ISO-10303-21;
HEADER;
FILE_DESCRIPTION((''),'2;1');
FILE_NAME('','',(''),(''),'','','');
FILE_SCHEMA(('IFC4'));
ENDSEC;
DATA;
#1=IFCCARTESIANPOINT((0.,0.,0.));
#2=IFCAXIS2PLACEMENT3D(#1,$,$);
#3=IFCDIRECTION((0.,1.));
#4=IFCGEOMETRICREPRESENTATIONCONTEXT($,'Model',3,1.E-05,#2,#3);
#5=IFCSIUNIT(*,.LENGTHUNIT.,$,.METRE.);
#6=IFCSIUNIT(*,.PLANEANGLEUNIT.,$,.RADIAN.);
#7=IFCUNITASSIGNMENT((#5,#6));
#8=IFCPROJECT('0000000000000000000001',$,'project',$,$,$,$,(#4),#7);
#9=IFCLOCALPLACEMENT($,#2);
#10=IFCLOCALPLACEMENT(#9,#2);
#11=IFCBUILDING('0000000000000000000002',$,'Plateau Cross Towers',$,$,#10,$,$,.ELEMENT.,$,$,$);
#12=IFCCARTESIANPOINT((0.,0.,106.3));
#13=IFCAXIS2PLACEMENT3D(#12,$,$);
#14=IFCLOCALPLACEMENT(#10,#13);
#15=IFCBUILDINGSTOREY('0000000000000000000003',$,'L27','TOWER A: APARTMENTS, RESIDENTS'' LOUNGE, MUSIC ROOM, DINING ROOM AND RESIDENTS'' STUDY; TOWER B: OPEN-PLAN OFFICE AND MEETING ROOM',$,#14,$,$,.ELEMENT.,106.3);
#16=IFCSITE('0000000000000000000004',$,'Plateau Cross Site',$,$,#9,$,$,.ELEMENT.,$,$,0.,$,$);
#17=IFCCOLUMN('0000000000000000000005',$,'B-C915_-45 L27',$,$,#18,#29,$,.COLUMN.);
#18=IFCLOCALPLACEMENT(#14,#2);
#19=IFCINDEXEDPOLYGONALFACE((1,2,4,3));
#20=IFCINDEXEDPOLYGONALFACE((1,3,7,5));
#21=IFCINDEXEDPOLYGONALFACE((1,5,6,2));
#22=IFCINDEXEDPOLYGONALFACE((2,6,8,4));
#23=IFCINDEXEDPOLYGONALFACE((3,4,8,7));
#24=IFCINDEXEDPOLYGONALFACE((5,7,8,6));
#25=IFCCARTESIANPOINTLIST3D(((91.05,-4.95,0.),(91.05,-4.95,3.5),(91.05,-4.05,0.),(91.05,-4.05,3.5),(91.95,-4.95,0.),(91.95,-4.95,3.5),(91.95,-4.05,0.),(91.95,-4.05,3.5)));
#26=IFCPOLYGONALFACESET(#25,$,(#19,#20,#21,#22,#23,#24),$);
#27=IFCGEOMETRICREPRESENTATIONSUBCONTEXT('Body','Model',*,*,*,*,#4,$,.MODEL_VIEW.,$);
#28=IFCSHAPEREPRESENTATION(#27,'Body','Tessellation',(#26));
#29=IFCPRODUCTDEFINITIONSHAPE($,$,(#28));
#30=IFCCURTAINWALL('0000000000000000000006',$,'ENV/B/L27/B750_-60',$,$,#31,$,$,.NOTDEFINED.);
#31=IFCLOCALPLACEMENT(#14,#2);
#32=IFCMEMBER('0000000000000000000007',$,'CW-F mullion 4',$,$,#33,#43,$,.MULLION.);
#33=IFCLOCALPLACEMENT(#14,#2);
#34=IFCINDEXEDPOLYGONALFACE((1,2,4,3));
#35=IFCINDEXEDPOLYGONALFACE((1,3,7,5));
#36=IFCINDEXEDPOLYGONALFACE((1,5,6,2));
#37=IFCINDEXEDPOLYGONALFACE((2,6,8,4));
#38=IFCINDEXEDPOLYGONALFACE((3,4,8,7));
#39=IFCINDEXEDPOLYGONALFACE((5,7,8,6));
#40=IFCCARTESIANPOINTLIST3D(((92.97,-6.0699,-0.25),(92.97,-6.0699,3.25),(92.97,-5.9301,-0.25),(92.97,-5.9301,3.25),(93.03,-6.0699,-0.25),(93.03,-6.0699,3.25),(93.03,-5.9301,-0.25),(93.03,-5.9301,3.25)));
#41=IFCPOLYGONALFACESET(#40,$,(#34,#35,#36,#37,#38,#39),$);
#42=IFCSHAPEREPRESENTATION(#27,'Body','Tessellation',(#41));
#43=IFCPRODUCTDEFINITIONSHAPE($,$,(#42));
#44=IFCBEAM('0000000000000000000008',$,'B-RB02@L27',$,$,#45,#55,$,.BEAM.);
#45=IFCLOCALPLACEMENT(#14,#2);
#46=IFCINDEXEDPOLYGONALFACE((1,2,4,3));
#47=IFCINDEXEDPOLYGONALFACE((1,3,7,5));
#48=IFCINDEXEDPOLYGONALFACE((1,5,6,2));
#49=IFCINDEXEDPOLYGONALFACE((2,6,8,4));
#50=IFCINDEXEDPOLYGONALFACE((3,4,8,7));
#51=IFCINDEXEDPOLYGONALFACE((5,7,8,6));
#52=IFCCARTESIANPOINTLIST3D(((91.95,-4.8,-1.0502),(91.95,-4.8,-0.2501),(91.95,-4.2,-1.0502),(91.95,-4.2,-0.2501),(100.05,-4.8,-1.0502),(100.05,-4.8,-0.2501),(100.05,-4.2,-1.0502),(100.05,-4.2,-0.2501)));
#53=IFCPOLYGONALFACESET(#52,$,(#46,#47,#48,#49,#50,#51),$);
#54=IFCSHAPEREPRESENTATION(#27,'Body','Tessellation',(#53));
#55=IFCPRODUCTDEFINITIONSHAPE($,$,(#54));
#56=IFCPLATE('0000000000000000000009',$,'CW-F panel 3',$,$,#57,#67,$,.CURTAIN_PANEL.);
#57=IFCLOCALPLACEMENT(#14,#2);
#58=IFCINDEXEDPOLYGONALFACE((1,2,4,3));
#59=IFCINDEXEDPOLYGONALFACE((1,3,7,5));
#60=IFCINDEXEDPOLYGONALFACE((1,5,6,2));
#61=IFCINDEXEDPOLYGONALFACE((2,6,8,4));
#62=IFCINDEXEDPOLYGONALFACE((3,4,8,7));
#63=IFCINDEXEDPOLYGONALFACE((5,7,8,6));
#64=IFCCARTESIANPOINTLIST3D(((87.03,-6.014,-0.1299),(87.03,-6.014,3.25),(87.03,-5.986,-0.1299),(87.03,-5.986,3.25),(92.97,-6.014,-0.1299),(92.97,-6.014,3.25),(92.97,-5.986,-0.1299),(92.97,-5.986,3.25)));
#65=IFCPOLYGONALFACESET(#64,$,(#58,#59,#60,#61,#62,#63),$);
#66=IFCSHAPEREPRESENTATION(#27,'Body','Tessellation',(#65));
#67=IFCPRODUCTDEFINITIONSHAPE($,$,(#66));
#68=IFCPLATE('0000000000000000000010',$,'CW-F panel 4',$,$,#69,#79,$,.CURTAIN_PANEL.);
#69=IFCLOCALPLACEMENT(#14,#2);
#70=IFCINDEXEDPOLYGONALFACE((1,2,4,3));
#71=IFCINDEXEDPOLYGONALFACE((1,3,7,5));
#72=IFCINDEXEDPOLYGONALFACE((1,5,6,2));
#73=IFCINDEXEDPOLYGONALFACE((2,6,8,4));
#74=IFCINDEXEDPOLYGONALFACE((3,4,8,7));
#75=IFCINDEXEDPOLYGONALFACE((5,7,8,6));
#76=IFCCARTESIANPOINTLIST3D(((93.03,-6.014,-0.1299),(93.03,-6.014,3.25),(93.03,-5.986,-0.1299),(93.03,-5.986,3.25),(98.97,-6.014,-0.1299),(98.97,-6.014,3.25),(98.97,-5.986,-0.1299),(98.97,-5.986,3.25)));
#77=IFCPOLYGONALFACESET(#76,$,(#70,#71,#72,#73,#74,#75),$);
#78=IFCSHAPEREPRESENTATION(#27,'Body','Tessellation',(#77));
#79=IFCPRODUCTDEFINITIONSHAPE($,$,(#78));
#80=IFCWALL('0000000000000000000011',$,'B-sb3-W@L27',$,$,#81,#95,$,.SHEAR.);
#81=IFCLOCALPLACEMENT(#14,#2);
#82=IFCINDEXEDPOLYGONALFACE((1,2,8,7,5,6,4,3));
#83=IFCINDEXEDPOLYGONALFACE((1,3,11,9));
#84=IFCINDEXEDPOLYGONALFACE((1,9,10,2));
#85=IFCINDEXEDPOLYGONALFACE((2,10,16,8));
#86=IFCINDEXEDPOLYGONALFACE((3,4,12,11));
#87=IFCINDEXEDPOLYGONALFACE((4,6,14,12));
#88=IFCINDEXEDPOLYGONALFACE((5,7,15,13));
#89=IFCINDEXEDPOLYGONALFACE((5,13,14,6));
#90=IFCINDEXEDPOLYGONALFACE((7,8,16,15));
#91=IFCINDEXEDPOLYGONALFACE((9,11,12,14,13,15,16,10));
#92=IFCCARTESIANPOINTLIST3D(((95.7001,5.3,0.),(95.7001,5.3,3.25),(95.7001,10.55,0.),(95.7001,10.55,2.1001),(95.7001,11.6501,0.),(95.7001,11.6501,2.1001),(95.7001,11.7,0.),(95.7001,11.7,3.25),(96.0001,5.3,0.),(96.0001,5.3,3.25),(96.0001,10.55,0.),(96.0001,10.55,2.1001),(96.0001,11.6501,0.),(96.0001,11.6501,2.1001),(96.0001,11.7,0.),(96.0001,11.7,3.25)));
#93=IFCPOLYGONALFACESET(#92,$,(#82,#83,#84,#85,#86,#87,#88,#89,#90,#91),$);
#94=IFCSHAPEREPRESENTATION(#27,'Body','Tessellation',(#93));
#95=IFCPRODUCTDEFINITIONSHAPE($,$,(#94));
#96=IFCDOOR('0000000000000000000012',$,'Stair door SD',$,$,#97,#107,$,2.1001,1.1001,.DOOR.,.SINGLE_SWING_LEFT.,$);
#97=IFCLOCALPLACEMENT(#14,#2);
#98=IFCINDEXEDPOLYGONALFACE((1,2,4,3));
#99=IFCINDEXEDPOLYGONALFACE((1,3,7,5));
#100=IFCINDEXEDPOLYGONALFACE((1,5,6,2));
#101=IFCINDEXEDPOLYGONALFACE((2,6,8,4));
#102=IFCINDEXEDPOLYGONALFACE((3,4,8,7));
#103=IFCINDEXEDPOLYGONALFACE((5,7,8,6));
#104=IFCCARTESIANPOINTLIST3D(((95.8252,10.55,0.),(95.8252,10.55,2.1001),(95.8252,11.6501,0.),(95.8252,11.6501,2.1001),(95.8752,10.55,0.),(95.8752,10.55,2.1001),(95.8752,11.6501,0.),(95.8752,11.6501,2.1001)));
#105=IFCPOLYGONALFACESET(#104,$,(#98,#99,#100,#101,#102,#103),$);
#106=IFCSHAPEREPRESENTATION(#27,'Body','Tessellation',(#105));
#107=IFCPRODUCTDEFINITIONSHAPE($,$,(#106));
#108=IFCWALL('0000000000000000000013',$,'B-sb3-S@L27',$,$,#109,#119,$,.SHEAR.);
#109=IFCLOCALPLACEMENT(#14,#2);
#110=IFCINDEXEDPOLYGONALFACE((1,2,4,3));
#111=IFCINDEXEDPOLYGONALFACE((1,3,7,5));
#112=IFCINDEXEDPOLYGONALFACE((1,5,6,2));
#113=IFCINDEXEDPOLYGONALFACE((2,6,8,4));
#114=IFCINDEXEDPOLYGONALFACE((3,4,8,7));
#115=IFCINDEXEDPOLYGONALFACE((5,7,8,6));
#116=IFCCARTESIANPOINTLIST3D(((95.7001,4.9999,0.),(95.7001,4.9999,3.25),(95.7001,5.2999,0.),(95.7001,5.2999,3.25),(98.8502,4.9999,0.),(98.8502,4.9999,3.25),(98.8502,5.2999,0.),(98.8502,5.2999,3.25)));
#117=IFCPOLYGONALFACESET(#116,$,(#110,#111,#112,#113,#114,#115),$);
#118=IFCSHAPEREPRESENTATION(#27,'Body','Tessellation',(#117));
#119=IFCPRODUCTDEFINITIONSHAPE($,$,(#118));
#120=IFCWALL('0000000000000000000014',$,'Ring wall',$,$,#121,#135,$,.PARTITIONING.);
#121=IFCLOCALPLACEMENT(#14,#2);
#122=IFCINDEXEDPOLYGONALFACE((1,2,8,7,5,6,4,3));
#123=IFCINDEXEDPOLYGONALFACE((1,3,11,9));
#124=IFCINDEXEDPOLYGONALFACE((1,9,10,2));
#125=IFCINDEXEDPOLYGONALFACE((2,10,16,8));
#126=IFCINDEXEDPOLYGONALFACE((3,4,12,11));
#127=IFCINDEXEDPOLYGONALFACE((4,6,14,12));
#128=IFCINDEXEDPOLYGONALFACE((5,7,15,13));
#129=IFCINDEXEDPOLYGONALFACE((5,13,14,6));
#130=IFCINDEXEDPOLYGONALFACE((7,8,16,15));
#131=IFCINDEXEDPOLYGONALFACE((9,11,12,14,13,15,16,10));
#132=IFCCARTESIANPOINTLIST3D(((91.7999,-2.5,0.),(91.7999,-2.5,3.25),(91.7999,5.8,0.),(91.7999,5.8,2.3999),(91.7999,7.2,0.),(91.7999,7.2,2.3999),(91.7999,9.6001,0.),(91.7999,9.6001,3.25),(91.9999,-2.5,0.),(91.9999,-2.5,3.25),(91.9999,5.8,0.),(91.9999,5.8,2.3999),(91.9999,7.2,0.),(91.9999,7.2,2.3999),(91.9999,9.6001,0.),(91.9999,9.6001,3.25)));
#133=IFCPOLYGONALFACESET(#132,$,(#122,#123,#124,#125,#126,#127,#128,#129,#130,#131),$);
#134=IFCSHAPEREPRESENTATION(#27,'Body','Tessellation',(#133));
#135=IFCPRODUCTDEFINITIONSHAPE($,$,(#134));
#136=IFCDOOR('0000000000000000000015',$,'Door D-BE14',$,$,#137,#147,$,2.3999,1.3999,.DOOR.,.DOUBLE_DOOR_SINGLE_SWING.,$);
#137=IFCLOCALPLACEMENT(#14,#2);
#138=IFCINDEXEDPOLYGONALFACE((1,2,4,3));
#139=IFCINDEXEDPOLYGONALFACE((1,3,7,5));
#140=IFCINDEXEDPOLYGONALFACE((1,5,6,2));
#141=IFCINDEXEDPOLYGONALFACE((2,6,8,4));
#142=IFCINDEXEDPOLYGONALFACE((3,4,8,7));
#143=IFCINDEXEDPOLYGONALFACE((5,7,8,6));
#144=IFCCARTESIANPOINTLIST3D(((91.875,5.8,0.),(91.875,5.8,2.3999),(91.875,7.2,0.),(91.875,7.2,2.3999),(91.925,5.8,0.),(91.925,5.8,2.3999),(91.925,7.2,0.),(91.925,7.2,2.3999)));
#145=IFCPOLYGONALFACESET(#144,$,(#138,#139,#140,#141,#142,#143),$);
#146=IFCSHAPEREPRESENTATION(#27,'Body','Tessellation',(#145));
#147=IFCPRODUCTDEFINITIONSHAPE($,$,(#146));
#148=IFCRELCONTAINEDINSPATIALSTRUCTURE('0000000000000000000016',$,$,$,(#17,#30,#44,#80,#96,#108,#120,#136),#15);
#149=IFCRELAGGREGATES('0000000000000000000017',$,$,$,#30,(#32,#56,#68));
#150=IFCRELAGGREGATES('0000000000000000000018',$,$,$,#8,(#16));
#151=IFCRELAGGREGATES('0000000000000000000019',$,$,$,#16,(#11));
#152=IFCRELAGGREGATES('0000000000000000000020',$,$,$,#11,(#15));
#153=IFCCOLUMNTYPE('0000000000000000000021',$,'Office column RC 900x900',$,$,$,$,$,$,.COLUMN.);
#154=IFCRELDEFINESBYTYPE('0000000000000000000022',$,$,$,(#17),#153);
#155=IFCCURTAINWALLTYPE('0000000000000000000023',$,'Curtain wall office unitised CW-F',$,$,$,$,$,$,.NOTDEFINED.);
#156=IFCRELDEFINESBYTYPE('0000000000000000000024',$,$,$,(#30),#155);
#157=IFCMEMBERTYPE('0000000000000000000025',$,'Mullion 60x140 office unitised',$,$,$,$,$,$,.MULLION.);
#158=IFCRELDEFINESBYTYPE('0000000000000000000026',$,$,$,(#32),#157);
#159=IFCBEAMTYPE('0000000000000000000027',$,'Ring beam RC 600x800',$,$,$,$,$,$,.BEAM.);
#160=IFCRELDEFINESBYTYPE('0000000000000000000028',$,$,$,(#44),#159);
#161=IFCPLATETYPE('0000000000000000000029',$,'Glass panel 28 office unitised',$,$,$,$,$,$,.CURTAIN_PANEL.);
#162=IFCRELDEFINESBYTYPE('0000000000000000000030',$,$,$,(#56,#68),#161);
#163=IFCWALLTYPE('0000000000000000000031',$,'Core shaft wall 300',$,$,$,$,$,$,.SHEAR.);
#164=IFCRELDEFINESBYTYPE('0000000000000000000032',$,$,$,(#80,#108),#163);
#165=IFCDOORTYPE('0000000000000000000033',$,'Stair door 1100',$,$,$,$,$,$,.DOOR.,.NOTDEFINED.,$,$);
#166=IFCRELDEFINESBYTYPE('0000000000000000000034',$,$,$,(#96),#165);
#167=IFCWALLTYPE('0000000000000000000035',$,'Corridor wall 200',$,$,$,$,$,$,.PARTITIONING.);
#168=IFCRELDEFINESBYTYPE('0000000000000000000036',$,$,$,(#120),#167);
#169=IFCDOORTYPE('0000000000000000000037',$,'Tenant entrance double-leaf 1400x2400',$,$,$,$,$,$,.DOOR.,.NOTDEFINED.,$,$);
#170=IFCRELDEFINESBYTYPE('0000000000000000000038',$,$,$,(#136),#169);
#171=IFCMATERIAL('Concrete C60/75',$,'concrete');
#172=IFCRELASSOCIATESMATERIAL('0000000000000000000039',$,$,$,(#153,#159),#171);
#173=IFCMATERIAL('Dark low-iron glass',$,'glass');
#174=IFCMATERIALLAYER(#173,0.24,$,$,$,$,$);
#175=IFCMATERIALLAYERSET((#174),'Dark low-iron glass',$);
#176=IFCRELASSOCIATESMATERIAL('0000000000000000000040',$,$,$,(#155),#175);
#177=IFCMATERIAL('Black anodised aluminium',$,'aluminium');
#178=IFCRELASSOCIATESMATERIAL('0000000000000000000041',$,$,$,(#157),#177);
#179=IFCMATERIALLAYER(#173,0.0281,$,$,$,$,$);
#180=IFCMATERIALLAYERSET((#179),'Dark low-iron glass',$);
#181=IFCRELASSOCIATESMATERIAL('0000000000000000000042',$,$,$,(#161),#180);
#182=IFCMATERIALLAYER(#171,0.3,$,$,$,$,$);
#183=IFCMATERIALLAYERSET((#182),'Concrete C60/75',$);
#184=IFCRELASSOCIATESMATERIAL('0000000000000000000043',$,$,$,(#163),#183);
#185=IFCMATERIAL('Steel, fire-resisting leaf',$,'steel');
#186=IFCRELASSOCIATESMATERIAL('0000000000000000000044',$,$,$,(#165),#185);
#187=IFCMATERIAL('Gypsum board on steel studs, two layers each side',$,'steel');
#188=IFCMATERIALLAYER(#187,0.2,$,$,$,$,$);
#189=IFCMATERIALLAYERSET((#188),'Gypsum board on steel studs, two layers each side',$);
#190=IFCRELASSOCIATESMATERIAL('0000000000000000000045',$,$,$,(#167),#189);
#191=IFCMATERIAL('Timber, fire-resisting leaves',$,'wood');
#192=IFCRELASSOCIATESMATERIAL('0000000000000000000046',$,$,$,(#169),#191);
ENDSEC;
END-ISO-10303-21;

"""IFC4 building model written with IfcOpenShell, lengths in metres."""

from ifc_helpers import new_model, si_unit, direction, frame, frame_2d, origin, origin_2d, place, context, subcontext, project, spatial, rectangle, extrude, material, layer, layer_set, material_profile, profile_set, type_object, element, fill, aggregate, save


model = new_model("IFC4")

# Units and contexts
model_context = context("Model", 3, precision=1e-05, world=origin(), true_north=direction((0.0, 1.0)))
body_context = subcontext(model_context, "Body", "Model", "MODEL_VIEW")
ifc_project = project(units=[si_unit("LENGTHUNIT", "METRE"), si_unit("PLANEANGLEUNIT", "RADIAN")], contexts=[model_context])

# Site, building, storey
site_placement = place(None, origin())
site = spatial("IfcSite", under=ifc_project, at=site_placement, Name="Plateau Cross Site", CompositionType="ELEMENT", RefElevation=0.0)
building_placement = place(site_placement, origin())
building = spatial("IfcBuilding", under=site, at=building_placement, Name="Plateau Cross Towers", CompositionType="ELEMENT")
storey_placement = place(building_placement, frame((0.0, 0.0, 106.3)))
storey = spatial("IfcBuildingStorey", under=building, at=storey_placement, Name="L27", Description="TOWER A: APARTMENTS, RESIDENTS' LOUNGE, MUSIC ROOM, DINING ROOM AND RESIDENTS' STUDY; TOWER B: OPEN-PLAN OFFICE AND MEETING ROOM", CompositionType="ELEMENT", Elevation=106.3)

# Column
ifc_material_1 = material(Name="Concrete C60/75", Category="concrete")
ifc_material_profile_1 = material_profile(ifc_material_1, rectangle(XDim=0.8999, YDim=0.8999, at=origin_2d()), Name="RC 900x900")
ifc_profile_set_1 = profile_set([ifc_material_profile_1], Name="Concrete C60/75")
column_type = type_object("IfcColumnType", Name="Office column RC 900x900", PredefinedType="COLUMN", material=ifc_profile_set_1)
column_placement = place(storey_placement, frame((91.5, -4.5, 0.0), z_axis=(0.0, 0.0, 1.0), x_axis=(1.0, 0.0, 0.0)))
element("IfcColumn", 1, at=column_placement, inside=storey, type_object=column_type, Name="B-C915_-45 L27", PredefinedType="COLUMN", context=body_context, shape_type="SweptSolid", body=[
    extrude(rectangle(XDim=0.8999, YDim=0.8999, at=origin_2d()), origin(), (0.0, 0.0, 1.0), 3.5),
])

# Curtain wall, member
ifc_material_2 = material(Name="Dark low-iron glass", Category="glass")
ifc_layer_1 = layer(ifc_material_2, 0.24)
ifc_layer_set_1 = layer_set([ifc_layer_1], Name="Dark low-iron glass")
curtain_wall_type = type_object("IfcCurtainWallType", Name="Curtain wall office unitised CW-F", PredefinedType="NOTDEFINED", material=ifc_layer_set_1)
curtain_wall_placement = place(storey_placement, origin())
curtain_wall = element("IfcCurtainWall", 2, at=curtain_wall_placement, inside=storey, type_object=curtain_wall_type, Name="ENV/B/L27/B750_-60", PredefinedType="NOTDEFINED")
ifc_material_3 = material(Name="Black anodised aluminium", Category="aluminium")
ifc_material_profile_2 = material_profile(ifc_material_3, rectangle(XDim=0.0601, YDim=0.1399, at=origin_2d()), Name="MULLION 60x140")
ifc_profile_set_2 = profile_set([ifc_material_profile_2], Name="Black anodised aluminium")
member_type = type_object("IfcMemberType", Name="Mullion 60x140 office unitised", PredefinedType="MULLION", material=ifc_profile_set_2)
member_placement = place(storey_placement, frame((93.0, -6.0, -0.25), z_axis=(0.0, 0.0, 1.0), x_axis=(1.0, 0.0, 0.0)))
member = element("IfcMember", 3, at=member_placement, type_object=member_type, Name="CW-F mullion 4", PredefinedType="MULLION", context=body_context, shape_type="SweptSolid", body=[
    extrude(rectangle(XDim=0.0601, YDim=0.1399, at=origin_2d()), origin(), (0.0, 0.0, 1.0), 3.5),
])

# Beam
ifc_material_profile_3 = material_profile(ifc_material_1, rectangle(XDim=0.6001, YDim=0.8, at=origin_2d()), Name="RC 600x800")
ifc_profile_set_3 = profile_set([ifc_material_profile_3], Name="Concrete C60/75")
beam_type = type_object("IfcBeamType", Name="Ring beam RC 600x800", PredefinedType="BEAM", material=ifc_profile_set_3)
beam_placement = place(storey_placement, frame((91.95, -4.5, -0.6501), z_axis=(1.0, 0.0, 0.0), x_axis=(0.0, 1.0, 0.0)))
element("IfcBeam", 4, at=beam_placement, inside=storey, type_object=beam_type, Name="B-RB02@L27", PredefinedType="BEAM", context=body_context, shape_type="SweptSolid", body=[
    extrude(rectangle(XDim=0.6001, YDim=0.8, at=origin_2d()), origin(), (0.0, 0.0, 1.0), 8.1001),
])

# Plates
ifc_layer_2 = layer(ifc_material_2, 0.0281)
ifc_layer_set_2 = layer_set([ifc_layer_2], Name="Dark low-iron glass")
plate_type = type_object("IfcPlateType", Name="Glass panel 28 office unitised", PredefinedType="CURTAIN_PANEL", material=ifc_layer_set_2)
plate_1_placement = place(storey_placement, frame((90.0, -6.0, -0.1299), z_axis=(0.0, 0.0, 1.0), x_axis=(1.0, 0.0, 0.0)))
plate_1 = element("IfcPlate", 5, at=plate_1_placement, type_object=plate_type, Name="CW-F panel 3", PredefinedType="CURTAIN_PANEL", context=body_context, shape_type="SweptSolid", body=[
    extrude(rectangle(XDim=5.9399, YDim=0.0281, at=origin_2d()), origin(), (0.0, 0.0, 1.0), 3.3799),
])
plate_2_placement = place(storey_placement, frame((96.0, -6.0, -0.1299), z_axis=(0.0, 0.0, 1.0), x_axis=(1.0, 0.0, 0.0)))
plate_2 = element("IfcPlate", 6, at=plate_2_placement, type_object=plate_type, Name="CW-F panel 4", PredefinedType="CURTAIN_PANEL", context=body_context, shape_type="SweptSolid", body=[
    extrude(rectangle(XDim=5.9399, YDim=0.0281, at=origin_2d()), origin(), (0.0, 0.0, 1.0), 3.3799),
])
aggregate(curtain_wall, [member, plate_1, plate_2])

# Wall, opening, door
ifc_layer_3 = layer(ifc_material_1, 0.3)
ifc_layer_set_3 = layer_set([ifc_layer_3], Name="Concrete C60/75")
wall_type_1 = type_object("IfcWallType", Name="Core shaft wall 300", PredefinedType="SHEAR", material=ifc_layer_set_3)
wall_1_placement = place(storey_placement, frame((95.8501, 5.3, 0.0), z_axis=(0.0, 0.0, 1.0), x_axis=(0.0, 1.0, 0.0)))
wall_1 = element("IfcWall", 7, at=wall_1_placement, inside=storey, type_object=wall_type_1, Name="B-sb3-W@L27", PredefinedType="SHEAR", context=body_context, shape_type="SweptSolid", body=[
    extrude(rectangle(XDim=6.3999, YDim=0.3, at=frame_2d((3.2, 0.0))), origin(), (0.0, 0.0, 1.0), 3.25),
])
opening_1_placement = place(wall_1_placement, frame((5.25, 0.0, 0.0)))
opening_1 = element("IfcOpeningElement", 8, at=opening_1_placement, cuts=wall_1, PredefinedType="OPENING", context=body_context, shape_type="SweptSolid", body=[
    extrude(rectangle(XDim=1.1001, YDim=2.1001, at=frame_2d((0.55, 1.05))), frame((0.0, 0.1599, 0.0), z_axis=(0.0, -1.0, 0.0), x_axis=(1.0, 0.0, 0.0)), (0.0, 0.0, 1.0), 0.3201),
])
ifc_material_4 = material(Name="Steel, fire-resisting leaf", Category="steel")
door_type_1 = type_object("IfcDoorType", Name="Stair door 1100", OperationType="NOTDEFINED", PredefinedType="DOOR", material=ifc_material_4)
door_1_placement = place(opening_1_placement, origin())
door_1 = element("IfcDoor", 9, at=door_1_placement, inside=storey, type_object=door_type_1, Name="Stair door SD", OperationType="SINGLE_SWING_LEFT", OverallHeight=2.1001, OverallWidth=1.1001, PredefinedType="DOOR", context=body_context, shape_type="SweptSolid", body=[
    extrude(rectangle(XDim=1.1001, YDim=2.1001, at=frame_2d((0.55, 1.05))), frame((0.0, 0.0249, 0.0), z_axis=(0.0, -1.0, 0.0), x_axis=(1.0, 0.0, 0.0)), (0.0, 0.0, 1.0), 0.05),
])
fill(opening_1, door_1)

# Wall
wall_2_placement = place(storey_placement, frame((95.7, 5.1499, 0.0), z_axis=(0.0, 0.0, 1.0), x_axis=(1.0, 0.0, 0.0)))
element("IfcWall", 10, at=wall_2_placement, inside=storey, type_object=wall_type_1, Name="B-sb3-S@L27", PredefinedType="SHEAR", context=body_context, shape_type="SweptSolid", body=[
    extrude(rectangle(XDim=3.1501, YDim=0.3, at=frame_2d((1.5752, 0.0))), origin(), (0.0, 0.0, 1.0), 3.25),
])

# Wall, opening, door
ifc_material_5 = material(Name="Gypsum board on steel studs, two layers each side", Category="steel")
ifc_layer_4 = layer(ifc_material_5, 0.2)
ifc_layer_set_4 = layer_set([ifc_layer_4], Name="Gypsum board on steel studs, two layers each side")
wall_type_2 = type_object("IfcWallType", Name="Corridor wall 200", PredefinedType="PARTITIONING", material=ifc_layer_set_4)
wall_3_placement = place(storey_placement, frame((91.8999, -2.5, 0.0), z_axis=(0.0, 0.0, 1.0), x_axis=(0.0, 1.0, 0.0)))
wall_3 = element("IfcWall", 11, at=wall_3_placement, inside=storey, type_object=wall_type_2, Name="Ring wall", PredefinedType="PARTITIONING", context=body_context, shape_type="SweptSolid", body=[
    extrude(rectangle(XDim=12.1001, YDim=0.2, at=frame_2d((6.05, 0.0))), origin(), (0.0, 0.0, 1.0), 3.25),
])
opening_2_placement = place(wall_3_placement, frame((8.3, 0.0, 0.0)))
opening_2 = element("IfcOpeningElement", 12, at=opening_2_placement, cuts=wall_3, PredefinedType="OPENING", context=body_context, shape_type="SweptSolid", body=[
    extrude(rectangle(XDim=1.3999, YDim=2.3999, at=frame_2d((0.7, 1.2))), frame((0.0, 0.1099, 0.0), z_axis=(0.0, -1.0, 0.0), x_axis=(1.0, 0.0, 0.0)), (0.0, 0.0, 1.0), 0.22),
])
ifc_material_6 = material(Name="Timber, fire-resisting leaves", Category="wood")
door_type_2 = type_object("IfcDoorType", Name="Tenant entrance double-leaf 1400x2400", OperationType="NOTDEFINED", PredefinedType="DOOR", material=ifc_material_6)
door_2_placement = place(opening_2_placement, origin())
door_2 = element("IfcDoor", 13, at=door_2_placement, inside=storey, type_object=door_type_2, Name="Door D-BE14", OperationType="DOUBLE_DOOR_SINGLE_SWING", OverallHeight=2.3999, OverallWidth=1.3999, PredefinedType="DOOR", context=body_context, shape_type="SweptSolid", body=[
    extrude(rectangle(XDim=1.3999, YDim=2.3999, at=frame_2d((0.7, 1.2))), frame((0.0, 0.0249, 0.0), z_axis=(0.0, -1.0, 0.0), x_axis=(1.0, 0.0, 0.0)), (0.0, 0.0, 1.0), 0.05),
])
fill(opening_2, door_2)

save(model, "model.ifc")
